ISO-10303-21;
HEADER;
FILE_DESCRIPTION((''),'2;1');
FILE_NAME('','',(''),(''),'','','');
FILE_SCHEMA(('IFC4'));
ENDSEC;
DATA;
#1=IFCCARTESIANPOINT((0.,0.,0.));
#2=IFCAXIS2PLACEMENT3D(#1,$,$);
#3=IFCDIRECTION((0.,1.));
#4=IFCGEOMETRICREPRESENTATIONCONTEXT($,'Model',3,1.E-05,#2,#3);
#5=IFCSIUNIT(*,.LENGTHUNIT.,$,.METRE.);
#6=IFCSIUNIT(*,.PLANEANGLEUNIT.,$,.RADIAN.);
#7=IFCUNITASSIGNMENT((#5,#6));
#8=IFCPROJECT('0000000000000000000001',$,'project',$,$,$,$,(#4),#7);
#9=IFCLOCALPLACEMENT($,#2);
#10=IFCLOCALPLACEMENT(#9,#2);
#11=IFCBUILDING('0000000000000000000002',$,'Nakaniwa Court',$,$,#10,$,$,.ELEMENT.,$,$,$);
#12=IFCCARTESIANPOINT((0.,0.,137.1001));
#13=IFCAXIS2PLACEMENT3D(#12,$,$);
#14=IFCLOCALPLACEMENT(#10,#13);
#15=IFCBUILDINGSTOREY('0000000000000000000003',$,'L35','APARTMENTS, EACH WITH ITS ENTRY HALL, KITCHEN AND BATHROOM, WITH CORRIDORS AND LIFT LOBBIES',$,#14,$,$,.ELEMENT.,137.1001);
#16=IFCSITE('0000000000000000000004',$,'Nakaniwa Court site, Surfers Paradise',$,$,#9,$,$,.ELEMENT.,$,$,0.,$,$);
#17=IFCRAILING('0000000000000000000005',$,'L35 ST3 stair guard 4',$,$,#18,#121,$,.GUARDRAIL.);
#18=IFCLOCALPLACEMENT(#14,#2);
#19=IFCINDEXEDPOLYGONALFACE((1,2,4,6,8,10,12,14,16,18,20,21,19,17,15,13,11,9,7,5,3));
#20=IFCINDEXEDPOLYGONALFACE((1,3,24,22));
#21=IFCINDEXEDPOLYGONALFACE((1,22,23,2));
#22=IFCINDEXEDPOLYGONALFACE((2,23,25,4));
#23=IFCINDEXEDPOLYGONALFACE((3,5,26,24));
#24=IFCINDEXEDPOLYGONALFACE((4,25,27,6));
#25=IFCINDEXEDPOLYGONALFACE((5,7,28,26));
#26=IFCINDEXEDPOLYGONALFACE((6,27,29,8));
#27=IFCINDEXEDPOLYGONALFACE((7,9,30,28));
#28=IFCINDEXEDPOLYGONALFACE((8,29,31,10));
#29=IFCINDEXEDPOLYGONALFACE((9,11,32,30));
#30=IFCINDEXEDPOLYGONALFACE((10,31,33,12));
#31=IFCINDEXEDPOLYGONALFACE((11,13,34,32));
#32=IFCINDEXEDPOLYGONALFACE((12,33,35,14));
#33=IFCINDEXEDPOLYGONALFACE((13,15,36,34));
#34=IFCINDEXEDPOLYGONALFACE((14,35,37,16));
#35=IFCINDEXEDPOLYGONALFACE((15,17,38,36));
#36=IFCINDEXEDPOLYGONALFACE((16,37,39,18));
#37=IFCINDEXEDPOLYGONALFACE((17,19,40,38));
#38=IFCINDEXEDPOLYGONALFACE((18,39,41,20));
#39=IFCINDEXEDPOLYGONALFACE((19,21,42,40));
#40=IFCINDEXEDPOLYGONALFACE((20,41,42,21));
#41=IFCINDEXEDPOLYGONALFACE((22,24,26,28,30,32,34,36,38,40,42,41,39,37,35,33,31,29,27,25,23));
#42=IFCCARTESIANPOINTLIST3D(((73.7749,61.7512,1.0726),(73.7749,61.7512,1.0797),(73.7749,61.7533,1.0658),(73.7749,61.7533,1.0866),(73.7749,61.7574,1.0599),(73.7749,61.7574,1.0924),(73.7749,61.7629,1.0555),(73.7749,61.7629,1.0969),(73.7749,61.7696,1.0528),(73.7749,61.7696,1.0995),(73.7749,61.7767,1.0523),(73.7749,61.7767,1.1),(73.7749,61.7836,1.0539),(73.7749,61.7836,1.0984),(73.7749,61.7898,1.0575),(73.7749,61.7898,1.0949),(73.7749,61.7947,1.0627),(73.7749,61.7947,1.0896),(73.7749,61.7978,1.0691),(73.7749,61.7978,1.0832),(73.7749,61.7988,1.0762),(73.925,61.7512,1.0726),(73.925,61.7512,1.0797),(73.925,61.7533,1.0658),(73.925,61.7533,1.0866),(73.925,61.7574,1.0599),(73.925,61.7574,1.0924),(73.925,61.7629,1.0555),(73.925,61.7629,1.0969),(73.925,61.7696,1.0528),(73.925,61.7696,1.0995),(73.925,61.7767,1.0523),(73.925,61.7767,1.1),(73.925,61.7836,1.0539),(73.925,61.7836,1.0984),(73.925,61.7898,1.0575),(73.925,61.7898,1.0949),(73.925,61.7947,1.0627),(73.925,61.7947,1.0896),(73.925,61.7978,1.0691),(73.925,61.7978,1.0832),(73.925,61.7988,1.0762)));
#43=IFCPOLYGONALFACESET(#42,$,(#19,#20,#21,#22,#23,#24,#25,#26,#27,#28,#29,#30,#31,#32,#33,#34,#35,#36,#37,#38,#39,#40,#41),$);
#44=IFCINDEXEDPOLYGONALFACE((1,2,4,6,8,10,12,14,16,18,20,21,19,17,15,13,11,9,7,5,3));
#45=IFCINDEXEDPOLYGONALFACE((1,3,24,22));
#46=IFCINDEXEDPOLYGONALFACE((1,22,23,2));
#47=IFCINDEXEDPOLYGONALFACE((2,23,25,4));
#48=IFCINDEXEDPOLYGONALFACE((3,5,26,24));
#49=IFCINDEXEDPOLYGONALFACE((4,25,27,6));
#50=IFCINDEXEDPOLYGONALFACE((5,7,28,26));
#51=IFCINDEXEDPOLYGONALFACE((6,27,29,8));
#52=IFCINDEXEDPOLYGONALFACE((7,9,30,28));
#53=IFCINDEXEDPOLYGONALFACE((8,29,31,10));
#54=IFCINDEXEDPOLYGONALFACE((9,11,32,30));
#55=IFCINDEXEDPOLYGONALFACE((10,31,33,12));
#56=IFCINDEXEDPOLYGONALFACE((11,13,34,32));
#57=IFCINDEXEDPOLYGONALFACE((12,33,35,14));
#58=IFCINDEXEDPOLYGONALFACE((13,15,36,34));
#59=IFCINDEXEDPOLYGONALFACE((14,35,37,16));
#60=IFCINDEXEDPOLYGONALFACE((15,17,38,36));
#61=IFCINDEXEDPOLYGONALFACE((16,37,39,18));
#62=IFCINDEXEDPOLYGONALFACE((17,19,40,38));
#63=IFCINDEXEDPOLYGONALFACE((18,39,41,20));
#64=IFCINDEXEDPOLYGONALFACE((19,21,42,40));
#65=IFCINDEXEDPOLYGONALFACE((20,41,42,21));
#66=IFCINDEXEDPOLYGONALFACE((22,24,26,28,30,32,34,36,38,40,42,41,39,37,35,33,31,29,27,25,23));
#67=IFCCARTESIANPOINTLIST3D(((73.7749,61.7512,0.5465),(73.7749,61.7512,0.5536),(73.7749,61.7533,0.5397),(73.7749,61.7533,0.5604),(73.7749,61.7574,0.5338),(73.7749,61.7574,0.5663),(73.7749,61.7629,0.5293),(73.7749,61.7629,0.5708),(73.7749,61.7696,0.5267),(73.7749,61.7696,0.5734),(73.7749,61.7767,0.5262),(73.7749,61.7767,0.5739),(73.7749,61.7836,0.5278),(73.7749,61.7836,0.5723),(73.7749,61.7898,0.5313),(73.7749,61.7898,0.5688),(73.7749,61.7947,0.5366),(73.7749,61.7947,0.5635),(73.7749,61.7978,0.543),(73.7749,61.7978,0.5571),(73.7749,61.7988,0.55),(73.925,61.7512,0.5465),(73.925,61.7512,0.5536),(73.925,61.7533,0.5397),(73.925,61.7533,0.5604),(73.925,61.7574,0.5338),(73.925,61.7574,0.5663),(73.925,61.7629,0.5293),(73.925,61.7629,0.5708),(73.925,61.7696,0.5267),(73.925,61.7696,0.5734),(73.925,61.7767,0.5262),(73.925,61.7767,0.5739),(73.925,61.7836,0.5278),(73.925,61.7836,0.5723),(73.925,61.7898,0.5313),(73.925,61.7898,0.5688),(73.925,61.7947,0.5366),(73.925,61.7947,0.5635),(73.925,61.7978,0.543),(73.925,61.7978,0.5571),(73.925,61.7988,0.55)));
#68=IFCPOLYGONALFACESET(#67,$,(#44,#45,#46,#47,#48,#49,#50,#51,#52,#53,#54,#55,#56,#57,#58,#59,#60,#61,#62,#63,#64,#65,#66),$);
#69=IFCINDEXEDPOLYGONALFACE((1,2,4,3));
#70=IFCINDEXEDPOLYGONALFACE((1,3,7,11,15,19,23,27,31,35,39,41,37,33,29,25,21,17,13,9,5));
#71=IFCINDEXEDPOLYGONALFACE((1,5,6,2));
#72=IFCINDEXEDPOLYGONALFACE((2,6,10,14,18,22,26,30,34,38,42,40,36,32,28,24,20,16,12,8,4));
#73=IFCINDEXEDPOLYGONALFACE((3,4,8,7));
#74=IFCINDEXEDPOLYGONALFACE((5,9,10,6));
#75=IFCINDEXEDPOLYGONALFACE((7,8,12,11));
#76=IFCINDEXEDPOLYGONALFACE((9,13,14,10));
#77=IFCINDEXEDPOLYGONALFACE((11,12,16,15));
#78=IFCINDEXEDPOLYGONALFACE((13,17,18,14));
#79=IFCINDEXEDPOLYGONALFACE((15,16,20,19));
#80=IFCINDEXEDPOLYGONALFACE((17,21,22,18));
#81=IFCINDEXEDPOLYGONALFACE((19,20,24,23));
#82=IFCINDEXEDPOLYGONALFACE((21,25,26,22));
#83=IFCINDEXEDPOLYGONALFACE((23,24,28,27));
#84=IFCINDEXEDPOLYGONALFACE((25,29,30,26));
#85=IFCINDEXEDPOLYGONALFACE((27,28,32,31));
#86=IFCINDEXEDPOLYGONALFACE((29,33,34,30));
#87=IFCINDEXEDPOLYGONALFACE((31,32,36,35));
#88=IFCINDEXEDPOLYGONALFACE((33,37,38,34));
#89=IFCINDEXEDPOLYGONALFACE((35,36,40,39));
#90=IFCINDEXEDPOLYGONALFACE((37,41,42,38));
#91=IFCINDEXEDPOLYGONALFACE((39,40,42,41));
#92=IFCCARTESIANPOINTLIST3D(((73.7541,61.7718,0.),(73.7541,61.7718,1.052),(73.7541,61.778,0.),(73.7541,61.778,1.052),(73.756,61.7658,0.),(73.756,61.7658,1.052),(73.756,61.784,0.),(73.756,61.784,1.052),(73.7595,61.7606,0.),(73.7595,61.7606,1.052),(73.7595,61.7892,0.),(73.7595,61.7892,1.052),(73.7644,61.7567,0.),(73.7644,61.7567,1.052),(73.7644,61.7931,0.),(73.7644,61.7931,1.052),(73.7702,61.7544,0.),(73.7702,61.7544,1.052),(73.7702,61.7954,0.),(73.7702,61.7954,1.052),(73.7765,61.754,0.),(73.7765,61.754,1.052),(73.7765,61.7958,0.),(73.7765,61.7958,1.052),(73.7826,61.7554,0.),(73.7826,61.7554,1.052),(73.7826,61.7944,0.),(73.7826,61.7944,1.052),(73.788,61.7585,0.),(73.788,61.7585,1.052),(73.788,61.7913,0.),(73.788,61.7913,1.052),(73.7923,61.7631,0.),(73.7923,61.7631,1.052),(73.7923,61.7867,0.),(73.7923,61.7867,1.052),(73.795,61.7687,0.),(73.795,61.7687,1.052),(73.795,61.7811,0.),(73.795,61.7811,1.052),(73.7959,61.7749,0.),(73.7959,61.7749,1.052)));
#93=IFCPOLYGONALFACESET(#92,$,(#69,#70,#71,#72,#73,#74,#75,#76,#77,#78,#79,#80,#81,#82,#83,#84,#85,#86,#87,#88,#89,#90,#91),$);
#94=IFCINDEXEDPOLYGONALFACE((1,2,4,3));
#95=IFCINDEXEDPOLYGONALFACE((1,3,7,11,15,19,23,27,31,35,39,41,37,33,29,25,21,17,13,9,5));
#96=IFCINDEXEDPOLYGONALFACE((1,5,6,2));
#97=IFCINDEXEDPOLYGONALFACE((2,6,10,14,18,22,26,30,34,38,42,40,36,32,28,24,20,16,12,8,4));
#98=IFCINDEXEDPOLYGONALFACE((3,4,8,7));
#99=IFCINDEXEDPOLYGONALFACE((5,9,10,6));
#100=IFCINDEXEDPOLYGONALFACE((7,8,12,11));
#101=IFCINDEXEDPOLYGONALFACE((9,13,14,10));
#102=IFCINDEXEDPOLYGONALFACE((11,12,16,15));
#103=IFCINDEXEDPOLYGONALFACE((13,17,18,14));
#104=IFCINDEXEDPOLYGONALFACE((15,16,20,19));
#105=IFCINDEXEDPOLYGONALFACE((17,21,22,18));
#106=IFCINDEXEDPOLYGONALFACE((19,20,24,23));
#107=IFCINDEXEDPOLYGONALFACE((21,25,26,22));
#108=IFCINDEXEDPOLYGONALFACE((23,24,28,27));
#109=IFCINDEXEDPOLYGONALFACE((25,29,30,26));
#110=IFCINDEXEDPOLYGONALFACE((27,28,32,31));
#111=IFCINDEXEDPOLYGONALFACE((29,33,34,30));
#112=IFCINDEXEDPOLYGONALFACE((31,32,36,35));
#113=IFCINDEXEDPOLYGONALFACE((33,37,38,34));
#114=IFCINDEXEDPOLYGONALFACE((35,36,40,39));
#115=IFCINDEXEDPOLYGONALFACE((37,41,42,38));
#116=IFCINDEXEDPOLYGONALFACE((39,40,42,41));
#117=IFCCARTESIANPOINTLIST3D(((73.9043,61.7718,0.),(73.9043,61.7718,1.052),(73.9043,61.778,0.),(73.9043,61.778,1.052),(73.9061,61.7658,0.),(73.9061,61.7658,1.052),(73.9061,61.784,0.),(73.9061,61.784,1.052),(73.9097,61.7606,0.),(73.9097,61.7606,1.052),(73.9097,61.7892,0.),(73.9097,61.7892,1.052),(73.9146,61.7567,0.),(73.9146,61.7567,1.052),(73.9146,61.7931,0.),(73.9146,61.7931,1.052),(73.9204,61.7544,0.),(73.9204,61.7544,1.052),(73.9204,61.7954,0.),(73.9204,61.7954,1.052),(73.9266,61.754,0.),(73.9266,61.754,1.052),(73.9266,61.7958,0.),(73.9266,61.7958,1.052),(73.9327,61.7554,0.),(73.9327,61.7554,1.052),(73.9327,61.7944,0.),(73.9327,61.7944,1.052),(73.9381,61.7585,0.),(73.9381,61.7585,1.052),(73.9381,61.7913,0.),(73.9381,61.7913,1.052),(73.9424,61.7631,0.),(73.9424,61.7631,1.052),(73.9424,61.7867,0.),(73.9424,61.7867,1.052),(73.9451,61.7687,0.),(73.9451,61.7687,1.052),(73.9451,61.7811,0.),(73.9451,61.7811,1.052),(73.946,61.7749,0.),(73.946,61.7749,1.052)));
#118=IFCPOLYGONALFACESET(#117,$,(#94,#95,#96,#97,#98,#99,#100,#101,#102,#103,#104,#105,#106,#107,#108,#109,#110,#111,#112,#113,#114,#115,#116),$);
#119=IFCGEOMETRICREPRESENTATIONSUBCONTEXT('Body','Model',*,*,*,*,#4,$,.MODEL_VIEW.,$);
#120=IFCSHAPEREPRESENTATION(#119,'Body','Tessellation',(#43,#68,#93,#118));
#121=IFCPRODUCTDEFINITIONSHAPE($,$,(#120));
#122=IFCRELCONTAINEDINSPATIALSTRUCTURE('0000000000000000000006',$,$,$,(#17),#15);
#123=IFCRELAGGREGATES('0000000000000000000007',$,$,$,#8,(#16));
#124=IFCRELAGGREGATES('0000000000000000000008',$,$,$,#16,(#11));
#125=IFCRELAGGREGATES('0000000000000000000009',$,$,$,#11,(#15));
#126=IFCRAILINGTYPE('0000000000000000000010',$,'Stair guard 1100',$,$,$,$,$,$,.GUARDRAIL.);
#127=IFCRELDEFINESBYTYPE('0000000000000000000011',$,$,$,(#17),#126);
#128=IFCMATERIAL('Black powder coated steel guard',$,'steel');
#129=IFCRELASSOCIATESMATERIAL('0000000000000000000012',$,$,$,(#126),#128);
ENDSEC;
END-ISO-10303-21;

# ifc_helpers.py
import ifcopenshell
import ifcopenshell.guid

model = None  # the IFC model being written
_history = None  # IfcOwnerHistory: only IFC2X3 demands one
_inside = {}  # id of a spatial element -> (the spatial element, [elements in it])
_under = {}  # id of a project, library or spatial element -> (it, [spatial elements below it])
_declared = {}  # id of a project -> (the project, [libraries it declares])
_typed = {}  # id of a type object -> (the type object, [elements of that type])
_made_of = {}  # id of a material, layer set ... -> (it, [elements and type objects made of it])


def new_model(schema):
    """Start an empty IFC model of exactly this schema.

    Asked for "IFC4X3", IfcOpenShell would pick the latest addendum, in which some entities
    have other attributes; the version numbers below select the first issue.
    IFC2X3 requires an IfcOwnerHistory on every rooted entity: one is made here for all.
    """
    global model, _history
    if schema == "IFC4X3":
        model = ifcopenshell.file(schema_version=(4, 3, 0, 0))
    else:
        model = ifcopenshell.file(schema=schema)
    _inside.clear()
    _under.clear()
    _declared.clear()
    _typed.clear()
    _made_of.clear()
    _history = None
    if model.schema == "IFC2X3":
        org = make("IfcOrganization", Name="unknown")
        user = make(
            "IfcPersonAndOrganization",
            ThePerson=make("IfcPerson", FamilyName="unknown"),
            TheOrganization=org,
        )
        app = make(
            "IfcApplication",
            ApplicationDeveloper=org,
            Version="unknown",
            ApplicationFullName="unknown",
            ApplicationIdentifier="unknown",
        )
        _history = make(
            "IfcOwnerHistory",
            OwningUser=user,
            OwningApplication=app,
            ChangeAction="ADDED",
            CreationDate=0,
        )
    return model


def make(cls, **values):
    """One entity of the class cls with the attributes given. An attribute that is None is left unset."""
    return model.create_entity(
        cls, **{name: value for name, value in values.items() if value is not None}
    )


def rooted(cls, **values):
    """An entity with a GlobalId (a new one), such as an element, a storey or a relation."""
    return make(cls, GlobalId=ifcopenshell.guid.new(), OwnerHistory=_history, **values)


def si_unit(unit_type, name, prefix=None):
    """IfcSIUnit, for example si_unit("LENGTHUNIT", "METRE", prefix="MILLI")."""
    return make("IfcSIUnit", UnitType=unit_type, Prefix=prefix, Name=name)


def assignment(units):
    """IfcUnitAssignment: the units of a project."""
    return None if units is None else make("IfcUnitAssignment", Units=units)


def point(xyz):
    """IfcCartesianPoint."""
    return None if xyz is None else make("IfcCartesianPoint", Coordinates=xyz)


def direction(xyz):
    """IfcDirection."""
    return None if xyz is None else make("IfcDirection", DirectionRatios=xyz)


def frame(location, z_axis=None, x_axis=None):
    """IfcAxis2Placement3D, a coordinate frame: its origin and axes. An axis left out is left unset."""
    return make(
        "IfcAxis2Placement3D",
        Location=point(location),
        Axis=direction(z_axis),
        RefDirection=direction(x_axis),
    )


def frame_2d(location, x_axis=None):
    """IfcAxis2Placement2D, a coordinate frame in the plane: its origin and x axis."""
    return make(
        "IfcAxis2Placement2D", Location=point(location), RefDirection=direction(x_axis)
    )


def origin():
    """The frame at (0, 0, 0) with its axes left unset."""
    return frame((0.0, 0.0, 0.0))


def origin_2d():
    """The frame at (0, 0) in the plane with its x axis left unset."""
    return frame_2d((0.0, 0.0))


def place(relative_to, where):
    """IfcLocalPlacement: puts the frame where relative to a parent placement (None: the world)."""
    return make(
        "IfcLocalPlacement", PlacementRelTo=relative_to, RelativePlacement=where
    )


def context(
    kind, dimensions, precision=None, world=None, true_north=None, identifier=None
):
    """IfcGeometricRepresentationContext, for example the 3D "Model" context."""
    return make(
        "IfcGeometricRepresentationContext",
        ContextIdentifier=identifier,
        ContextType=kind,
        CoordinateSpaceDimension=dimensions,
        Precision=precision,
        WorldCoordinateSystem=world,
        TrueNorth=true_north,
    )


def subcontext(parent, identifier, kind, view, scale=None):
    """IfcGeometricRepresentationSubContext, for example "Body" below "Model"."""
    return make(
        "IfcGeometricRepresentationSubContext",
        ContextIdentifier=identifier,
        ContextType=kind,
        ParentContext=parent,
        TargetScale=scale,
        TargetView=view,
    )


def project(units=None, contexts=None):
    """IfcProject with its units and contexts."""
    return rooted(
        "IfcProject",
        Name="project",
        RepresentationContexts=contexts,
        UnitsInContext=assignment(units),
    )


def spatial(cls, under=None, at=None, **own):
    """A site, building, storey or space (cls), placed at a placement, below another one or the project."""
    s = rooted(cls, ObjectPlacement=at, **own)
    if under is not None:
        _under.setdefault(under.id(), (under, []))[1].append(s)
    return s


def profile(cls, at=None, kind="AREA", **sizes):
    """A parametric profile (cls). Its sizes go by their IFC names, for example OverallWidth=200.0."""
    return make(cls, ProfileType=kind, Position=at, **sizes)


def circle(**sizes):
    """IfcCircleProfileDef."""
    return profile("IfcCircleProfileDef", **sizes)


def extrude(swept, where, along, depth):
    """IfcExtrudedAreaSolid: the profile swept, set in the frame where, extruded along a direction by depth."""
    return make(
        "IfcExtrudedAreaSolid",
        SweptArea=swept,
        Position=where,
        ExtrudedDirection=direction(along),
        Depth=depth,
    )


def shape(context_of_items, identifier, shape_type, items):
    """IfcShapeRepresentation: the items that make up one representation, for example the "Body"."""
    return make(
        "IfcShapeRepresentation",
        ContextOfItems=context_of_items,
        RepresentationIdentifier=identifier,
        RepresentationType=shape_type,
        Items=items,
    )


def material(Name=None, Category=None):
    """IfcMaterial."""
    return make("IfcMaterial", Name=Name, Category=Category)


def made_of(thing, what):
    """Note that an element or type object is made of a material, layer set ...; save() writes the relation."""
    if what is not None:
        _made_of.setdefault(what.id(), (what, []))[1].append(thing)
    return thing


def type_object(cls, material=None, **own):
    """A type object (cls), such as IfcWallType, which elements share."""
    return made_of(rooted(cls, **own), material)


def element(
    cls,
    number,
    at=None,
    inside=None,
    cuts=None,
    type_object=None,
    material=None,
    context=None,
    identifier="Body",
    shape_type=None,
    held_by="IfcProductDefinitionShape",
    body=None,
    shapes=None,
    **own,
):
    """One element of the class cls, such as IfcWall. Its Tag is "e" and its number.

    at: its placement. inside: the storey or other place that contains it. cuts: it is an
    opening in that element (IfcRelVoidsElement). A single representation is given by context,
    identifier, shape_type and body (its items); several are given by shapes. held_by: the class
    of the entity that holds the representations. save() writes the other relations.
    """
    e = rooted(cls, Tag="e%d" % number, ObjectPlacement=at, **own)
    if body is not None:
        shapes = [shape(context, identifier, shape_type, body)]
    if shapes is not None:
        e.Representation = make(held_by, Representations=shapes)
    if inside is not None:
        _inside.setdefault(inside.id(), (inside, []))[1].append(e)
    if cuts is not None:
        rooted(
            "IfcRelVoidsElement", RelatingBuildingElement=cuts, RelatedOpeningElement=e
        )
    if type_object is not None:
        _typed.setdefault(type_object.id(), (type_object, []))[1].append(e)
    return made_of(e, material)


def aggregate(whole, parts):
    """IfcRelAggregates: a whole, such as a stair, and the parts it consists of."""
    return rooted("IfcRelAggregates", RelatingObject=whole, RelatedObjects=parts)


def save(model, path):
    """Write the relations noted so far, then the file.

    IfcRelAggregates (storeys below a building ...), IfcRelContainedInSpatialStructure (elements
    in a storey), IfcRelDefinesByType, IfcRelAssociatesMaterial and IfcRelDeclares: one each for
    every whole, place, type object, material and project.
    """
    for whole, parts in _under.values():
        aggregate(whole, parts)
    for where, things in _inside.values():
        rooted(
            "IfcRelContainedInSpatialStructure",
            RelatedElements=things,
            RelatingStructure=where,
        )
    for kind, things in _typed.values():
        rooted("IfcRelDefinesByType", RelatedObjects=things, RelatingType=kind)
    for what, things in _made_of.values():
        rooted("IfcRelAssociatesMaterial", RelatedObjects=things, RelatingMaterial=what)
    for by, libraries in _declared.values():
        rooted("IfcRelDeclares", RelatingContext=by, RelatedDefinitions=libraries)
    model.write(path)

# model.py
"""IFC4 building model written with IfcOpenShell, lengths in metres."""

from ifc_helpers import new_model, si_unit, direction, frame, origin, origin_2d, place, context, subcontext, project, spatial, circle, extrude, material, type_object, element, save


model = new_model("IFC4")

# Units and contexts
model_context = context("Model", 3, precision=1e-05, world=origin(), true_north=direction((0.0, 1.0)))
body_context = subcontext(model_context, "Body", "Model", "MODEL_VIEW")
ifc_project = project(units=[si_unit("LENGTHUNIT", "METRE"), si_unit("PLANEANGLEUNIT", "RADIAN")], contexts=[model_context])

# Site, building, storey
site_placement = place(None, origin())
site = spatial("IfcSite", under=ifc_project, at=site_placement, Name="Nakaniwa Court site, Surfers Paradise", CompositionType="ELEMENT", RefElevation=0.0)
building_placement = place(site_placement, origin())
building = spatial("IfcBuilding", under=site, at=building_placement, Name="Nakaniwa Court", CompositionType="ELEMENT")
storey_placement = place(building_placement, frame((0.0, 0.0, 137.1001)))
storey = spatial("IfcBuildingStorey", under=building, at=storey_placement, Name="L35", Description="APARTMENTS, EACH WITH ITS ENTRY HALL, KITCHEN AND BATHROOM, WITH CORRIDORS AND LIFT LOBBIES", CompositionType="ELEMENT", Elevation=137.1001)

# Railing
ifc_material_1 = material(Name="Black powder coated steel guard", Category="steel")
railing_type_1 = type_object("IfcRailingType", Name="Stair guard 1100", PredefinedType="GUARDRAIL", material=ifc_material_1)
railing_1_placement = place(storey_placement, frame((73.7749, 61.7749, 0.0)))
element("IfcRailing", 1, at=railing_1_placement, inside=storey, type_object=railing_type_1, Name="L35 ST3 stair guard 4", PredefinedType="GUARDRAIL", context=body_context, shape_type="SweptSolid", body=[
    extrude(circle(Radius=0.0239, at=origin_2d()), frame((0.0, 0.0, 1.0762), z_axis=(1.0, 0.0, 0.0), x_axis=(0.0, 1.0, 0.0)), (0.0, 0.0, 1.0), 0.1501),
    extrude(circle(Radius=0.0239, at=origin_2d()), frame((0.0, 0.0, 0.55), z_axis=(1.0, 0.0, 0.0), x_axis=(0.0, 1.0, 0.0)), (0.0, 0.0, 1.0), 0.1501),
    extrude(circle(Radius=0.021, at=origin_2d()), origin(), (0.0, 0.0, 1.0), 1.052),
    extrude(circle(Radius=0.021, at=origin_2d()), frame((0.1501, 0.0, 0.0)), (0.0, 0.0, 1.0), 1.052),
])

save(model, "model.ifc")
